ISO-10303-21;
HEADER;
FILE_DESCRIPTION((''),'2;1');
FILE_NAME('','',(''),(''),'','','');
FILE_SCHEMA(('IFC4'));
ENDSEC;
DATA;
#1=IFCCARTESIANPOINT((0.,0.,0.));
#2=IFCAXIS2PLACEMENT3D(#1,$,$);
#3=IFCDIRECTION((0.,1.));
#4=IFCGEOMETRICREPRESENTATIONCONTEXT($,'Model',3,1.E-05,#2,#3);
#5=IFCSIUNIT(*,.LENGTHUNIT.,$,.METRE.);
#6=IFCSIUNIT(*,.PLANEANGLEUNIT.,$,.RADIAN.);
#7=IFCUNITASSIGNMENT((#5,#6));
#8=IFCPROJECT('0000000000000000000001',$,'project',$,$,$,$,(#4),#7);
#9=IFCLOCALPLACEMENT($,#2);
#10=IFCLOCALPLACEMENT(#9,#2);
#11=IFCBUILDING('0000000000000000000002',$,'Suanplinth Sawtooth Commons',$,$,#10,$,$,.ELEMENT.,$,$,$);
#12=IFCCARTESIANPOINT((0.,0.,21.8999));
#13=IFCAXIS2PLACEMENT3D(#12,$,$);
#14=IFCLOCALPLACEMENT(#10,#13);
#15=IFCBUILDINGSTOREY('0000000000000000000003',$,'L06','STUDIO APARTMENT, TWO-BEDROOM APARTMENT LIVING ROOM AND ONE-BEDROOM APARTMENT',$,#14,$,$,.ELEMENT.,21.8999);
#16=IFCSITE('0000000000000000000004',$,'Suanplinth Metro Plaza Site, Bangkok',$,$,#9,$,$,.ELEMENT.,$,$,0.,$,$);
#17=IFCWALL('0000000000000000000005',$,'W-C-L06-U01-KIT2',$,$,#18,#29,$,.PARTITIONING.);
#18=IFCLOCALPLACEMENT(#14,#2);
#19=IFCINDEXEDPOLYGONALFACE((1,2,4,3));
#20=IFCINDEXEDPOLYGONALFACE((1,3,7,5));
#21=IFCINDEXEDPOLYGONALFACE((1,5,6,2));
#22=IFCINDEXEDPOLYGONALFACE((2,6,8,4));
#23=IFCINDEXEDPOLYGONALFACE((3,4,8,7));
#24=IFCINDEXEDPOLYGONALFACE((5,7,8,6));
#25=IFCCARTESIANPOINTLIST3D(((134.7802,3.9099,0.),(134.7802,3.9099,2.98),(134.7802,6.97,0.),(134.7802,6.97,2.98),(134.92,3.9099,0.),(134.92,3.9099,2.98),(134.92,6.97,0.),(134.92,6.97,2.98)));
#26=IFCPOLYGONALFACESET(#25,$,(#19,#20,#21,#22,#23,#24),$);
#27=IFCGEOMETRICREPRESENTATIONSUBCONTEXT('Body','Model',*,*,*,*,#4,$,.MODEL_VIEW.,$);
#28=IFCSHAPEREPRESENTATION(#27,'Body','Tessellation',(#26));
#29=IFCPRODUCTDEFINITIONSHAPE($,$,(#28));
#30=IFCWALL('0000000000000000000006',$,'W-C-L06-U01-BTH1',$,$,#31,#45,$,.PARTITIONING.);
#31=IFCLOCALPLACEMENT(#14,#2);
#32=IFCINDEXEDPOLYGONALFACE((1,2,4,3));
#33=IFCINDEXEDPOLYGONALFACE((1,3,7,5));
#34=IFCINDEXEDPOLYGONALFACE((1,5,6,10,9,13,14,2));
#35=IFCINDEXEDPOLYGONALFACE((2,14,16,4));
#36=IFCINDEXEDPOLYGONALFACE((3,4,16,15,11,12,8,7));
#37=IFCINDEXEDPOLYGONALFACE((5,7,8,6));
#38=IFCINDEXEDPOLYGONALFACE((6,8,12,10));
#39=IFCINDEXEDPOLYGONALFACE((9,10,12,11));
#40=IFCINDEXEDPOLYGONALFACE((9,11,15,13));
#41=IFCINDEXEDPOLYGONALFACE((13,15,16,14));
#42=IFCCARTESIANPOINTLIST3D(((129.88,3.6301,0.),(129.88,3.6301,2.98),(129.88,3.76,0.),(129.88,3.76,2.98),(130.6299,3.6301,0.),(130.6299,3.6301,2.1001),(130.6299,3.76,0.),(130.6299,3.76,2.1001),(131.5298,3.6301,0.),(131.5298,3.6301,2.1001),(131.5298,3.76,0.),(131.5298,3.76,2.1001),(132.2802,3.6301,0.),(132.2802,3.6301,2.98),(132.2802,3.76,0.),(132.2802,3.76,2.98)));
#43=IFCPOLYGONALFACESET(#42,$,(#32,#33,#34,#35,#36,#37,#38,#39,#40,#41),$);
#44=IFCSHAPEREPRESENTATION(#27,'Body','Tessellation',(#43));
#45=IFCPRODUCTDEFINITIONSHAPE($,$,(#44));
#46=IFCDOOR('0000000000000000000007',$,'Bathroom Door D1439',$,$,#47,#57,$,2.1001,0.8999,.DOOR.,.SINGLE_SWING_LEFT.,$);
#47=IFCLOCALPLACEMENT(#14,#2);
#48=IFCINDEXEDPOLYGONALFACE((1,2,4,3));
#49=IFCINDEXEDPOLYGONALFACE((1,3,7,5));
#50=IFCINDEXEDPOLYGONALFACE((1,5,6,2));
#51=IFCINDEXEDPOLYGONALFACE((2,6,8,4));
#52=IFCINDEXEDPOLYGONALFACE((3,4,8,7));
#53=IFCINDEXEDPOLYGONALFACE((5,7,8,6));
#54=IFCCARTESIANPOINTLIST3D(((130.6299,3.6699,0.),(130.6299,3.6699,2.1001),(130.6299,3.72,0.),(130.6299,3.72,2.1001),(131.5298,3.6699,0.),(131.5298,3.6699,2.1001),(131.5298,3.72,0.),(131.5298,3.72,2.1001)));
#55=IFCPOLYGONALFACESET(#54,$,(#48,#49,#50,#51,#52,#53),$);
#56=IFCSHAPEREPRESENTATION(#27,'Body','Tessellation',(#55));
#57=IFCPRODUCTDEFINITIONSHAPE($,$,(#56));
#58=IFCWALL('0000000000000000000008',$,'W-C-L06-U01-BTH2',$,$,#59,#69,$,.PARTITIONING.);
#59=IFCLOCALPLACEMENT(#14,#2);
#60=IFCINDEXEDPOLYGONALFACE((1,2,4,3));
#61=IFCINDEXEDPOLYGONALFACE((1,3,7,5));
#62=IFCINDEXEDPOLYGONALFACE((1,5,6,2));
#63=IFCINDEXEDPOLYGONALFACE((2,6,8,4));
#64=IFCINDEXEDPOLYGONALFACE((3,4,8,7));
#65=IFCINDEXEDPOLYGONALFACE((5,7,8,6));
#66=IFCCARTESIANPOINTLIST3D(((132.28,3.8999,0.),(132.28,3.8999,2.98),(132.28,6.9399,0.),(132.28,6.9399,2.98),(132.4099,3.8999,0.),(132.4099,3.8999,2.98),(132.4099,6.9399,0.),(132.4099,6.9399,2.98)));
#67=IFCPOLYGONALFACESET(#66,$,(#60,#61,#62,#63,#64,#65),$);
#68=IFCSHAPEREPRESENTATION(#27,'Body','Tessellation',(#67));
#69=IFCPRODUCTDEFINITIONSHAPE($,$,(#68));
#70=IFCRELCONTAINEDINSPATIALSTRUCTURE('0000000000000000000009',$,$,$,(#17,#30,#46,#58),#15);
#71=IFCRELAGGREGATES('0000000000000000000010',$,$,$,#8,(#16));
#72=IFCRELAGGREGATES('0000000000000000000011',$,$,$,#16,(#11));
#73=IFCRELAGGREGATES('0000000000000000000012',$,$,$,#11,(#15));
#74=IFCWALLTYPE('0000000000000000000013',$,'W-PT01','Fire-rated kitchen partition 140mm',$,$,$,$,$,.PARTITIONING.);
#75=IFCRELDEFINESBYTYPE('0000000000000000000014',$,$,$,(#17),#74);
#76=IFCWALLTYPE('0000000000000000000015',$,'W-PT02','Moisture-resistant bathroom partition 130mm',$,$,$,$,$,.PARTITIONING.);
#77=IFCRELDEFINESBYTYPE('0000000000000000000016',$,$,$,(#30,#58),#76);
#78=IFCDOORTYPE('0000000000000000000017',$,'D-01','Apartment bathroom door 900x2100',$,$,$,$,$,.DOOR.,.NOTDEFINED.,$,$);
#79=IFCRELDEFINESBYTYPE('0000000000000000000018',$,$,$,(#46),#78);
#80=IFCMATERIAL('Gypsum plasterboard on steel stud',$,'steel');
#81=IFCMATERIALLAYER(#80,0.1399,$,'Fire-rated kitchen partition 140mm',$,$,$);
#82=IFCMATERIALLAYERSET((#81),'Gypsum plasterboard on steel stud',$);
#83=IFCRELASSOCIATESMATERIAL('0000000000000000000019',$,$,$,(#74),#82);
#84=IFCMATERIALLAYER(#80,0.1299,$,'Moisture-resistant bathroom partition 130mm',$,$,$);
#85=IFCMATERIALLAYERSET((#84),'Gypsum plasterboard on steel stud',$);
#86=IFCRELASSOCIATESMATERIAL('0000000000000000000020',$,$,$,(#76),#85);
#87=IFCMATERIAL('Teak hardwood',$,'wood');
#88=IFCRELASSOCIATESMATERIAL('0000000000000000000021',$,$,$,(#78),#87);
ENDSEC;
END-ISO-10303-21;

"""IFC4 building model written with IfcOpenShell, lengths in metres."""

from ifc_helpers import new_model, si_unit, direction, frame, frame_2d, origin, place, context, subcontext, project, spatial, rectangle, extrude, material, layer, layer_set, type_object, element, fill, save


model = new_model("IFC4")

# Units and contexts
model_context = context("Model", 3, precision=1e-05, world=origin(), true_north=direction((0.0, 1.0)))
body_context = subcontext(model_context, "Body", "Model", "MODEL_VIEW")
ifc_project = project(units=[si_unit("LENGTHUNIT", "METRE"), si_unit("PLANEANGLEUNIT", "RADIAN")], contexts=[model_context])

# Site, building, storey
site_placement = place(None, origin())
site = spatial("IfcSite", under=ifc_project, at=site_placement, Name="Suanplinth Metro Plaza Site, Bangkok", CompositionType="ELEMENT", RefElevation=0.0)
building_placement = place(site_placement, origin())
building = spatial("IfcBuilding", under=site, at=building_placement, Name="Suanplinth Sawtooth Commons", CompositionType="ELEMENT")
storey_placement = place(building_placement, frame((0.0, 0.0, 21.8999)))
storey = spatial("IfcBuildingStorey", under=building, at=storey_placement, Name="L06", Description="STUDIO APARTMENT, TWO-BEDROOM APARTMENT LIVING ROOM AND ONE-BEDROOM APARTMENT", CompositionType="ELEMENT", Elevation=21.8999)

# Shared definitions
ifc_material_1 = material(Name="Teak hardwood", Category="wood")
ifc_material_2 = material(Name="Gypsum plasterboard on steel stud", Category="steel")
ifc_layer_1 = layer(ifc_material_2, 0.1399, Name="Fire-rated kitchen partition 140mm")
ifc_layer_set_1 = layer_set([ifc_layer_1], Name="Gypsum plasterboard on steel stud")
wall_type_1 = type_object("IfcWallType", Name="W-PT01", Description="Fire-rated kitchen partition 140mm", PredefinedType="PARTITIONING", material=ifc_layer_set_1)

# Wall
wall_1_placement = place(storey_placement, frame((134.8501, 3.9099, 0.0), z_axis=(0.0, 0.0, 1.0), x_axis=(0.0, 1.0, 0.0)))
element("IfcWall", 1, at=wall_1_placement, inside=storey, type_object=wall_type_1, Name="W-C-L06-U01-KIT2", PredefinedType="PARTITIONING", context=body_context, shape_type="SweptSolid", body=[
    extrude(rectangle(XDim=3.0601, YDim=0.1399, at=frame_2d((1.53, 0.0))), origin(), (0.0, 0.0, 1.0), 2.98),
])

# Wall, opening, door
ifc_layer_2 = layer(ifc_material_2, 0.1299, Name="Moisture-resistant bathroom partition 130mm")
ifc_layer_set_2 = layer_set([ifc_layer_2], Name="Gypsum plasterboard on steel stud")
wall_type_2 = type_object("IfcWallType", Name="W-PT02", Description="Moisture-resistant bathroom partition 130mm", PredefinedType="PARTITIONING", material=ifc_layer_set_2)
wall_2_placement = place(storey_placement, frame((129.8799, 3.6951, 0.0), z_axis=(0.0, 0.0, 1.0), x_axis=(1.0, 0.0, 0.0)))
wall_2 = element("IfcWall", 2, at=wall_2_placement, inside=storey, type_object=wall_type_2, Name="W-C-L06-U01-BTH1", PredefinedType="PARTITIONING", context=body_context, shape_type="SweptSolid", body=[
    extrude(rectangle(XDim=2.4001, YDim=0.1299, at=frame_2d((1.2002, 0.0))), origin(), (0.0, 0.0, 1.0), 2.98),
])
opening_1_placement = place(wall_2_placement, frame((0.75, 0.0, 0.0)))
opening_1 = element("IfcOpeningElement", 3, at=opening_1_placement, cuts=wall_2, PredefinedType="OPENING", context=body_context, shape_type="SweptSolid", body=[
    extrude(rectangle(XDim=0.8999, YDim=2.1001, at=frame_2d((0.45, 1.05))), frame((0.0, 0.0798, 0.0), z_axis=(0.0, -1.0, 0.0), x_axis=(1.0, 0.0, 0.0)), (0.0, 0.0, 1.0), 0.1597),
])
door_type_1 = type_object("IfcDoorType", Name="D-01", Description="Apartment bathroom door 900x2100", OperationType="NOTDEFINED", PredefinedType="DOOR", material=ifc_material_1)
door_1_placement = place(opening_1_placement, origin())
door_1 = element("IfcDoor", 4, at=door_1_placement, inside=storey, type_object=door_type_1, Name="Bathroom Door D1439", OperationType="SINGLE_SWING_LEFT", OverallHeight=2.1001, OverallWidth=0.8999, PredefinedType="DOOR", context=body_context, shape_type="SweptSolid", body=[
    extrude(rectangle(XDim=0.8999, YDim=2.1001, at=frame_2d((0.45, 1.05))), frame((0.0, 0.0249, 0.0), z_axis=(0.0, -1.0, 0.0), x_axis=(1.0, 0.0, 0.0)), (0.0, 0.0, 1.0), 0.05),
])
fill(opening_1, door_1)

# Wall
wall_3_placement = place(storey_placement, frame((132.345, 3.8999, 0.0), z_axis=(0.0, 0.0, 1.0), x_axis=(0.0, 1.0, 0.0)))
element("IfcWall", 5, at=wall_3_placement, inside=storey, type_object=wall_type_2, Name="W-C-L06-U01-BTH2", PredefinedType="PARTITIONING", context=body_context, shape_type="SweptSolid", body=[
    extrude(rectangle(XDim=3.04, YDim=0.1299, at=frame_2d((1.52, 0.0))), origin(), (0.0, 0.0, 1.0), 2.98),
])

save(model, "model.ifc")
